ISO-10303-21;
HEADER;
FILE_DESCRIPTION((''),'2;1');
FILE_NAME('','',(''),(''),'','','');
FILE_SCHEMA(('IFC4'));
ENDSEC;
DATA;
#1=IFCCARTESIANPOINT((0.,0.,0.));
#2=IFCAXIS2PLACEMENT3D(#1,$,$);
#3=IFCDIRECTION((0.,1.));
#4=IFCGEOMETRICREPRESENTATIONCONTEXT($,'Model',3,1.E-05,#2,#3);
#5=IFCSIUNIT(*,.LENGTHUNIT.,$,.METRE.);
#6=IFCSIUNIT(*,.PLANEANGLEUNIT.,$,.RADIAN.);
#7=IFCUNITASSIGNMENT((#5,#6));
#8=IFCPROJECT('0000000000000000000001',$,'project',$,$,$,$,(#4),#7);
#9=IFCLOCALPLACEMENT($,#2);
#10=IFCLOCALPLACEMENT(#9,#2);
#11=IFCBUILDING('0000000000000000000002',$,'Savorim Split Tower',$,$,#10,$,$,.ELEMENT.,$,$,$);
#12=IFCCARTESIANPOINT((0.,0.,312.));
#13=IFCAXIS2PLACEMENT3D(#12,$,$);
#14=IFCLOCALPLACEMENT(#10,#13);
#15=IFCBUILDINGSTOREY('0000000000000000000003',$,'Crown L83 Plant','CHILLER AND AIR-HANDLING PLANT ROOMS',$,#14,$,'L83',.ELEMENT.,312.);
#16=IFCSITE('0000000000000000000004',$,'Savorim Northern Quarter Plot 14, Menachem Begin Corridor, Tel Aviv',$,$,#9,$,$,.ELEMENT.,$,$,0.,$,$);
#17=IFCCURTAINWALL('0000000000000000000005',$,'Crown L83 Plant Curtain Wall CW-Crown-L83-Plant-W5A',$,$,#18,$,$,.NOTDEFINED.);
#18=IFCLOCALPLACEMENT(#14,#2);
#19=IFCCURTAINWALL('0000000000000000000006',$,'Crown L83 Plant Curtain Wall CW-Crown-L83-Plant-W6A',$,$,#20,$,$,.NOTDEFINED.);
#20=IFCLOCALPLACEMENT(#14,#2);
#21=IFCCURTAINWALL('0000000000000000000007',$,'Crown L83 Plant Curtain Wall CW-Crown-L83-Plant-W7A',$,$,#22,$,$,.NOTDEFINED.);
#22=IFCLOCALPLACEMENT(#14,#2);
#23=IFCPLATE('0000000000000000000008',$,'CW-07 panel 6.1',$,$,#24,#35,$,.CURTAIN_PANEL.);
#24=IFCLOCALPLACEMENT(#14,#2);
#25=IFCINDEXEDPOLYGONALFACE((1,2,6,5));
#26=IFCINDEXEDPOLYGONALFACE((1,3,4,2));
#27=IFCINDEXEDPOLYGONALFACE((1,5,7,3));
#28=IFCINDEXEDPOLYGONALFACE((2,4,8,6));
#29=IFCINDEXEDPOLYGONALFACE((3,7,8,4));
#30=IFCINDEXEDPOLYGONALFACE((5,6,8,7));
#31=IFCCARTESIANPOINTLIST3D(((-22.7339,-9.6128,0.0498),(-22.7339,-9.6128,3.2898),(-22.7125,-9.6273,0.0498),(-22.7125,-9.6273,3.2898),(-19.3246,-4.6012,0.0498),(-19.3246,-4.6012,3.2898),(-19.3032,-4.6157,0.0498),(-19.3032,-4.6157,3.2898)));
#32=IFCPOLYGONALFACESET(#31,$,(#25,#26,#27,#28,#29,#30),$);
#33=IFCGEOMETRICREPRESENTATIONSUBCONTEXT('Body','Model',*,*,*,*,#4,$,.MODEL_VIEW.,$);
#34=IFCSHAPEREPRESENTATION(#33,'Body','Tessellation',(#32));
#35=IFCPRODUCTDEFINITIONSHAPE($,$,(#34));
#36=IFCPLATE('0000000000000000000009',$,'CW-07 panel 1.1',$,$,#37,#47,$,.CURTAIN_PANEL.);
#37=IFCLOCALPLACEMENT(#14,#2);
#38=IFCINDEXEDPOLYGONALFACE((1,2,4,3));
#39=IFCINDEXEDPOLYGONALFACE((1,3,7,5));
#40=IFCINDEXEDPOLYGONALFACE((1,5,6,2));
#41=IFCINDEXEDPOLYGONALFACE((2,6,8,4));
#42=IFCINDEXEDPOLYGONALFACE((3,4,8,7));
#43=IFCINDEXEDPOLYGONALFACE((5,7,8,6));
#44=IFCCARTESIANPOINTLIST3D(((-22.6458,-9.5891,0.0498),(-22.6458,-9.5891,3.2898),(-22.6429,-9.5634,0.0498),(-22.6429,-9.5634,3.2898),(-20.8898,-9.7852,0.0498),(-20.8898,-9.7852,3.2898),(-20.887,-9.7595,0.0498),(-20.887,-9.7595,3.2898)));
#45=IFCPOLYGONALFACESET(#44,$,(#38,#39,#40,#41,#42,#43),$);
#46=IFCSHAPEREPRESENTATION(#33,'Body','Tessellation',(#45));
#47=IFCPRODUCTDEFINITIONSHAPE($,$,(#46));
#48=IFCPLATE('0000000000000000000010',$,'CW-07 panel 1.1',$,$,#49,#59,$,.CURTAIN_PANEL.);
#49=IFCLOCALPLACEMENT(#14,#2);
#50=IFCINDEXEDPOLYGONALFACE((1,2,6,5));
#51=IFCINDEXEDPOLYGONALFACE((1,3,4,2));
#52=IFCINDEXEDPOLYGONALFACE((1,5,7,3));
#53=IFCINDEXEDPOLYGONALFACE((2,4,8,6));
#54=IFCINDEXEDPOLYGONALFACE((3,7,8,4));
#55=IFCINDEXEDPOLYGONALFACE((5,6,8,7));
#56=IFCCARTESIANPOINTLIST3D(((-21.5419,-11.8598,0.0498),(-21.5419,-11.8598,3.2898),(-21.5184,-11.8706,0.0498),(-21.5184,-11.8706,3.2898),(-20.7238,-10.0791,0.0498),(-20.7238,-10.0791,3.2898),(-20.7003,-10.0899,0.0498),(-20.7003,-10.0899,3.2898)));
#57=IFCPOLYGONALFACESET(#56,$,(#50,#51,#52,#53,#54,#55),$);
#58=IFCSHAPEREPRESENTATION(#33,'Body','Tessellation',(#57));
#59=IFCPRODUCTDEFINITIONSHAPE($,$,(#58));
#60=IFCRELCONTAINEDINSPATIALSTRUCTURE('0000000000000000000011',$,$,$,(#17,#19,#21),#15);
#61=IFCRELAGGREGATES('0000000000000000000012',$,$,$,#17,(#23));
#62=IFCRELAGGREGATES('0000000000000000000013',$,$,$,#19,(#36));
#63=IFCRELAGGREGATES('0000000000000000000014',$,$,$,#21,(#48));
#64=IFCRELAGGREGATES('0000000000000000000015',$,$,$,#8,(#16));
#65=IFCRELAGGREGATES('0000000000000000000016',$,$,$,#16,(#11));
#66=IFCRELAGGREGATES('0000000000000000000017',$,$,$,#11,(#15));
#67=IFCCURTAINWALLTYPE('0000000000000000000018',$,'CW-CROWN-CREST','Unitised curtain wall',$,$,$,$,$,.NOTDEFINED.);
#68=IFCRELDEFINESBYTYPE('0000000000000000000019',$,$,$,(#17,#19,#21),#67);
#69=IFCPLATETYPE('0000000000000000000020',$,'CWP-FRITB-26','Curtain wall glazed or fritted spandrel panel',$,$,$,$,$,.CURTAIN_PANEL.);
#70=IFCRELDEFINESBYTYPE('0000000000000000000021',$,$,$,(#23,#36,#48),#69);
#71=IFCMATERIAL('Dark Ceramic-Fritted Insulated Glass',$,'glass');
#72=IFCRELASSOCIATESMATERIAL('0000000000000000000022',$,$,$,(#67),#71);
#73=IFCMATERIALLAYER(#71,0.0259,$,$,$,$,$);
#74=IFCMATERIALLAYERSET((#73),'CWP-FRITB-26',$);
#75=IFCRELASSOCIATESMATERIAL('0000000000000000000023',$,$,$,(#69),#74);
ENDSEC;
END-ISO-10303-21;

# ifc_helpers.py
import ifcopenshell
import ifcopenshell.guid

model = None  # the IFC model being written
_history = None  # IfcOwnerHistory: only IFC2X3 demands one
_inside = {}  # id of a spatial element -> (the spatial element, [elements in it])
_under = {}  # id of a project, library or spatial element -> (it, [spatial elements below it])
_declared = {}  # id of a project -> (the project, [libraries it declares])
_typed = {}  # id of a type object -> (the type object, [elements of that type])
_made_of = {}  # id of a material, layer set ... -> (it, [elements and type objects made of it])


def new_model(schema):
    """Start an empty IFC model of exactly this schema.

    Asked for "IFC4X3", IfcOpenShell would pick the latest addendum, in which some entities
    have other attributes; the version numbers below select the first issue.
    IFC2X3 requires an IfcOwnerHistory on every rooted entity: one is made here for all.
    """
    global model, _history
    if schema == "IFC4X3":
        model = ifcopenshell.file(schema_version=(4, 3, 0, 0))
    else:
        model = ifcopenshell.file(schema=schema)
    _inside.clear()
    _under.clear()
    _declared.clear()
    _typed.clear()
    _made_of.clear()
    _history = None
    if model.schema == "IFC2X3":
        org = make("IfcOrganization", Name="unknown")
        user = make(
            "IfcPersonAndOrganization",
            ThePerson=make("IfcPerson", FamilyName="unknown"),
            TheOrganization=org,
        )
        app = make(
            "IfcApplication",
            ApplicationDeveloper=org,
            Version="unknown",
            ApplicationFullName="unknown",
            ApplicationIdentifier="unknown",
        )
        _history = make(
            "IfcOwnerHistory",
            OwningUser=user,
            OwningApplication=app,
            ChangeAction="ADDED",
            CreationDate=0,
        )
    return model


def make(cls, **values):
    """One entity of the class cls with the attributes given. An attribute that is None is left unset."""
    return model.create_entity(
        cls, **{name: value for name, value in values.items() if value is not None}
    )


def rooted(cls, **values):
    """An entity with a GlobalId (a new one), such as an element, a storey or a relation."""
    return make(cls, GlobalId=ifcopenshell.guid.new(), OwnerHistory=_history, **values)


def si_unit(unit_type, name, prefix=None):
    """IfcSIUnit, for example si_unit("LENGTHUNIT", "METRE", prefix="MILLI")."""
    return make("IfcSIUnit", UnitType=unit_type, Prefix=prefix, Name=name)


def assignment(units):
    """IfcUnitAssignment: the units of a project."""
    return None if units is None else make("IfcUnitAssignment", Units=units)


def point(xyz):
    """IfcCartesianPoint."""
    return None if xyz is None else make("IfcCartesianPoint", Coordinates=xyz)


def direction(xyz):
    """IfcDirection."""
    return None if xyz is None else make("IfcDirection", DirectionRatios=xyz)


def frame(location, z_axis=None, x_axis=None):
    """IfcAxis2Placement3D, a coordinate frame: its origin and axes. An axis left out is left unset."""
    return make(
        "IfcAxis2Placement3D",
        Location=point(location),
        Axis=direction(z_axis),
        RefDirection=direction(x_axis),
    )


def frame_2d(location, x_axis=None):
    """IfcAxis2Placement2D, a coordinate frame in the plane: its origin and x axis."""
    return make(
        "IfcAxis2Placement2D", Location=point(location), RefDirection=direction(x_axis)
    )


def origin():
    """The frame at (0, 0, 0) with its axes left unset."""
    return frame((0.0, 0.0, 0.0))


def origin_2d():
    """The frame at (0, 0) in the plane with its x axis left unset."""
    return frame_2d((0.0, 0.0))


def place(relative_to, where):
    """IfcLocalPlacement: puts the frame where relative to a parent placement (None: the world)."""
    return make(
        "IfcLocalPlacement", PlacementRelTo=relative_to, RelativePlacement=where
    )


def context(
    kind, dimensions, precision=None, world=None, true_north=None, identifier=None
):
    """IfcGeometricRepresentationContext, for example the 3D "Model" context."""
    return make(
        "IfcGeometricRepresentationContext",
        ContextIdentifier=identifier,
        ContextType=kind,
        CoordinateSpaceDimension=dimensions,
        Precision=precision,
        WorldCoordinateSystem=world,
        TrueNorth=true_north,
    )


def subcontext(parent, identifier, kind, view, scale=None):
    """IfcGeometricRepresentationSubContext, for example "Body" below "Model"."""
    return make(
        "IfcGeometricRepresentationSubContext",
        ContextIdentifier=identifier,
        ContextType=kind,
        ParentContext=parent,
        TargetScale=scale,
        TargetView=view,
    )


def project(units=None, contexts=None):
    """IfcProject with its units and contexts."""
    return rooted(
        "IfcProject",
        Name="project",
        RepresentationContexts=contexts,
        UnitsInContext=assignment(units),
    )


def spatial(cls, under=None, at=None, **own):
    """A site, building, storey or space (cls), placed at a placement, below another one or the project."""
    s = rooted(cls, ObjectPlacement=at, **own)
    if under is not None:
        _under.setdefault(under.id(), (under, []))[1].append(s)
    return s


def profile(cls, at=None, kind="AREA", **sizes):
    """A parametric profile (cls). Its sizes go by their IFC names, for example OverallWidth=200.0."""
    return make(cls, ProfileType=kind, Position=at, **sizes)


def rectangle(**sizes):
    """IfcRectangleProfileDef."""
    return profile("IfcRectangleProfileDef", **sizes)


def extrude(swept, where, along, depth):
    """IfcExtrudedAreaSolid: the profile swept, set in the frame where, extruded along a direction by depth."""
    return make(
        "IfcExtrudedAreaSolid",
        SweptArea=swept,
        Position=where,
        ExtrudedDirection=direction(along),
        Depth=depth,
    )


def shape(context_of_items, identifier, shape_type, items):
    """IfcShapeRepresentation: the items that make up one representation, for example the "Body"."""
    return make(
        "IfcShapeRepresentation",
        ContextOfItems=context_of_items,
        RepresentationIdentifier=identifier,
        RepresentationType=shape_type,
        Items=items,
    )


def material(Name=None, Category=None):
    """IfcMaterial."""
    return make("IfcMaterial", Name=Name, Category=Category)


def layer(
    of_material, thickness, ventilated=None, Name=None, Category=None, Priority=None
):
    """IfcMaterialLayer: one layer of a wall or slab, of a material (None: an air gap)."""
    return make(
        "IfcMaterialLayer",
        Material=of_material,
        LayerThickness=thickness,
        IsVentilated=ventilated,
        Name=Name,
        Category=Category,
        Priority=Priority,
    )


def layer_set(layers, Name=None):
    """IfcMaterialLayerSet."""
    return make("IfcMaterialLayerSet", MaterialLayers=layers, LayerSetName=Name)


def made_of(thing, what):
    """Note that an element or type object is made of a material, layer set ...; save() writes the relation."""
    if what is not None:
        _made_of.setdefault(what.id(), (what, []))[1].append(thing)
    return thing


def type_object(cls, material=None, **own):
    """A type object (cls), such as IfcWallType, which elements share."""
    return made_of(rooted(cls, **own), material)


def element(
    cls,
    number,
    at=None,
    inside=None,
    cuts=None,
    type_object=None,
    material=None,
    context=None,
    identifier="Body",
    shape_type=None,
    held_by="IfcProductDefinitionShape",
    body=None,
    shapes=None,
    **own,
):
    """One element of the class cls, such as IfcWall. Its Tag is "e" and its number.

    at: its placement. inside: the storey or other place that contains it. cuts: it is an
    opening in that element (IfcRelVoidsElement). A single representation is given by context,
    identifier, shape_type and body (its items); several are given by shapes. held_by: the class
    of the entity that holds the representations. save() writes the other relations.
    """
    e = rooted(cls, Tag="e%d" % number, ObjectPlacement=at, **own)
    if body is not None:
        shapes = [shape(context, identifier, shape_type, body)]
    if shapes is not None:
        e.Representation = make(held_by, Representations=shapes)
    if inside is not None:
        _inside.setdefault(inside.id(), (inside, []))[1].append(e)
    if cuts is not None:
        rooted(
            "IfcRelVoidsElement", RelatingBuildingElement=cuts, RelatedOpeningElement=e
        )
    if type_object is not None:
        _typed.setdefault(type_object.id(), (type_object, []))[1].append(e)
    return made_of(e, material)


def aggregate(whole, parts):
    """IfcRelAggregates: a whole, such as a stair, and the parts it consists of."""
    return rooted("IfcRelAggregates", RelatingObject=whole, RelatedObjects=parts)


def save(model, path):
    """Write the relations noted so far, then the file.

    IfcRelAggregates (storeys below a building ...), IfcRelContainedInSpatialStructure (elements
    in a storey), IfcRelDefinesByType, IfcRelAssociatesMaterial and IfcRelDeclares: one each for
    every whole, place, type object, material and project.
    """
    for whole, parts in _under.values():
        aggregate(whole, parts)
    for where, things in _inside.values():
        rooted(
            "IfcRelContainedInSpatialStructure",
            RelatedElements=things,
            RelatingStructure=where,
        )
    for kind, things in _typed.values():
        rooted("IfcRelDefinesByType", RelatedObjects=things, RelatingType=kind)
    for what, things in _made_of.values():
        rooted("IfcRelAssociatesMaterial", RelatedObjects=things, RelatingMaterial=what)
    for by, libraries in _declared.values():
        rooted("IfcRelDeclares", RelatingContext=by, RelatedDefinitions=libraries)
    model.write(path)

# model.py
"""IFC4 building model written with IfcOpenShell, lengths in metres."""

from ifc_helpers import new_model, si_unit, direction, frame, origin, origin_2d, place, context, subcontext, project, spatial, rectangle, extrude, material, layer, layer_set, type_object, element, aggregate, save


model = new_model("IFC4")

# Units and contexts
model_context = context("Model", 3, precision=1e-05, world=origin(), true_north=direction((0.0, 1.0)))
body_context = subcontext(model_context, "Body", "Model", "MODEL_VIEW")
ifc_project = project(units=[si_unit("LENGTHUNIT", "METRE"), si_unit("PLANEANGLEUNIT", "RADIAN")], contexts=[model_context])

# Site, building, storey
site_placement = place(None, origin())
site = spatial("IfcSite", under=ifc_project, at=site_placement, Name="Savorim Northern Quarter Plot 14, Menachem Begin Corridor, Tel Aviv", CompositionType="ELEMENT", RefElevation=0.0)
building_placement = place(site_placement, origin())
building = spatial("IfcBuilding", under=site, at=building_placement, Name="Savorim Split Tower", CompositionType="ELEMENT")
storey_placement = place(building_placement, frame((0.0, 0.0, 312.0)))
storey = spatial("IfcBuildingStorey", under=building, at=storey_placement, Name="Crown L83 Plant", Description="CHILLER AND AIR-HANDLING PLANT ROOMS", LongName="L83", CompositionType="ELEMENT", Elevation=312.0)

# Curtain wall
ifc_material_1 = material(Name="Dark Ceramic-Fritted Insulated Glass", Category="glass")
curtain_wall_type = type_object("IfcCurtainWallType", Name="CW-CROWN-CREST", Description="Unitised curtain wall", PredefinedType="NOTDEFINED", material=ifc_material_1)
curtain_wall_1_placement = place(storey_placement, origin())
curtain_wall_1 = element("IfcCurtainWall", 1, at=curtain_wall_1_placement, inside=storey, type_object=curtain_wall_type, Name="Crown L83 Plant Curtain Wall CW-Crown-L83-Plant-W5A", PredefinedType="NOTDEFINED")

# Curtain walls
curtain_wall_2_placement = place(storey_placement, origin())
curtain_wall_2 = element("IfcCurtainWall", 2, at=curtain_wall_2_placement, inside=storey, type_object=curtain_wall_type, Name="Crown L83 Plant Curtain Wall CW-Crown-L83-Plant-W6A", PredefinedType="NOTDEFINED")
curtain_wall_3_placement = place(storey_placement, origin())
curtain_wall_3 = element("IfcCurtainWall", 3, at=curtain_wall_3_placement, inside=storey, type_object=curtain_wall_type, Name="Crown L83 Plant Curtain Wall CW-Crown-L83-Plant-W7A", PredefinedType="NOTDEFINED")

# Plates
ifc_layer = layer(ifc_material_1, 0.0259)
ifc_layer_set = layer_set([ifc_layer], Name="CWP-FRITB-26")
plate_type = type_object("IfcPlateType", Name="CWP-FRITB-26", Description="Curtain wall glazed or fritted spandrel panel", PredefinedType="CURTAIN_PANEL", material=ifc_layer_set)
plate_1_placement = place(storey_placement, frame((-21.0186, -7.1143, 0.0498), z_axis=(0.0, 0.0, 1.0), x_axis=(-0.562465, -0.826821, 0.0)))
plate_1 = element("IfcPlate", 4, at=plate_1_placement, type_object=plate_type, Name="CW-07 panel 6.1", PredefinedType="CURTAIN_PANEL", context=body_context, shape_type="SweptSolid", body=[
    extrude(rectangle(XDim=6.0613, YDim=0.0259, at=origin_2d()), origin(), (0.0, 0.0, 1.0), 3.24),
])
aggregate(curtain_wall_1, [plate_1])
plate_2_placement = place(storey_placement, frame((-21.7664, -9.6743, 0.0498), z_axis=(0.0, 0.0, 1.0), x_axis=(0.993822, -0.110984, 0.0)))
plate_2 = element("IfcPlate", 5, at=plate_2_placement, type_object=plate_type, Name="CW-07 panel 1.1", PredefinedType="CURTAIN_PANEL", context=body_context, shape_type="SweptSolid", body=[
    extrude(rectangle(XDim=1.7668, YDim=0.0259, at=origin_2d()), origin(), (0.0, 0.0, 1.0), 3.24),
])
aggregate(curtain_wall_2, [plate_2])
plate_3_placement = place(storey_placement, frame((-21.1211, -10.9749, 0.0498), z_axis=(0.0, 0.0, 1.0), x_axis=(-0.417487, -0.908683, 0.0)))
plate_3 = element("IfcPlate", 6, at=plate_3_placement, type_object=plate_type, Name="CW-07 panel 1.1", PredefinedType="CURTAIN_PANEL", context=body_context, shape_type="SweptSolid", body=[
    extrude(rectangle(XDim=1.9597, YDim=0.0259, at=origin_2d()), origin(), (0.0, 0.0, 1.0), 3.24),
])
aggregate(curtain_wall_3, [plate_3])

save(model, "model.ifc")
